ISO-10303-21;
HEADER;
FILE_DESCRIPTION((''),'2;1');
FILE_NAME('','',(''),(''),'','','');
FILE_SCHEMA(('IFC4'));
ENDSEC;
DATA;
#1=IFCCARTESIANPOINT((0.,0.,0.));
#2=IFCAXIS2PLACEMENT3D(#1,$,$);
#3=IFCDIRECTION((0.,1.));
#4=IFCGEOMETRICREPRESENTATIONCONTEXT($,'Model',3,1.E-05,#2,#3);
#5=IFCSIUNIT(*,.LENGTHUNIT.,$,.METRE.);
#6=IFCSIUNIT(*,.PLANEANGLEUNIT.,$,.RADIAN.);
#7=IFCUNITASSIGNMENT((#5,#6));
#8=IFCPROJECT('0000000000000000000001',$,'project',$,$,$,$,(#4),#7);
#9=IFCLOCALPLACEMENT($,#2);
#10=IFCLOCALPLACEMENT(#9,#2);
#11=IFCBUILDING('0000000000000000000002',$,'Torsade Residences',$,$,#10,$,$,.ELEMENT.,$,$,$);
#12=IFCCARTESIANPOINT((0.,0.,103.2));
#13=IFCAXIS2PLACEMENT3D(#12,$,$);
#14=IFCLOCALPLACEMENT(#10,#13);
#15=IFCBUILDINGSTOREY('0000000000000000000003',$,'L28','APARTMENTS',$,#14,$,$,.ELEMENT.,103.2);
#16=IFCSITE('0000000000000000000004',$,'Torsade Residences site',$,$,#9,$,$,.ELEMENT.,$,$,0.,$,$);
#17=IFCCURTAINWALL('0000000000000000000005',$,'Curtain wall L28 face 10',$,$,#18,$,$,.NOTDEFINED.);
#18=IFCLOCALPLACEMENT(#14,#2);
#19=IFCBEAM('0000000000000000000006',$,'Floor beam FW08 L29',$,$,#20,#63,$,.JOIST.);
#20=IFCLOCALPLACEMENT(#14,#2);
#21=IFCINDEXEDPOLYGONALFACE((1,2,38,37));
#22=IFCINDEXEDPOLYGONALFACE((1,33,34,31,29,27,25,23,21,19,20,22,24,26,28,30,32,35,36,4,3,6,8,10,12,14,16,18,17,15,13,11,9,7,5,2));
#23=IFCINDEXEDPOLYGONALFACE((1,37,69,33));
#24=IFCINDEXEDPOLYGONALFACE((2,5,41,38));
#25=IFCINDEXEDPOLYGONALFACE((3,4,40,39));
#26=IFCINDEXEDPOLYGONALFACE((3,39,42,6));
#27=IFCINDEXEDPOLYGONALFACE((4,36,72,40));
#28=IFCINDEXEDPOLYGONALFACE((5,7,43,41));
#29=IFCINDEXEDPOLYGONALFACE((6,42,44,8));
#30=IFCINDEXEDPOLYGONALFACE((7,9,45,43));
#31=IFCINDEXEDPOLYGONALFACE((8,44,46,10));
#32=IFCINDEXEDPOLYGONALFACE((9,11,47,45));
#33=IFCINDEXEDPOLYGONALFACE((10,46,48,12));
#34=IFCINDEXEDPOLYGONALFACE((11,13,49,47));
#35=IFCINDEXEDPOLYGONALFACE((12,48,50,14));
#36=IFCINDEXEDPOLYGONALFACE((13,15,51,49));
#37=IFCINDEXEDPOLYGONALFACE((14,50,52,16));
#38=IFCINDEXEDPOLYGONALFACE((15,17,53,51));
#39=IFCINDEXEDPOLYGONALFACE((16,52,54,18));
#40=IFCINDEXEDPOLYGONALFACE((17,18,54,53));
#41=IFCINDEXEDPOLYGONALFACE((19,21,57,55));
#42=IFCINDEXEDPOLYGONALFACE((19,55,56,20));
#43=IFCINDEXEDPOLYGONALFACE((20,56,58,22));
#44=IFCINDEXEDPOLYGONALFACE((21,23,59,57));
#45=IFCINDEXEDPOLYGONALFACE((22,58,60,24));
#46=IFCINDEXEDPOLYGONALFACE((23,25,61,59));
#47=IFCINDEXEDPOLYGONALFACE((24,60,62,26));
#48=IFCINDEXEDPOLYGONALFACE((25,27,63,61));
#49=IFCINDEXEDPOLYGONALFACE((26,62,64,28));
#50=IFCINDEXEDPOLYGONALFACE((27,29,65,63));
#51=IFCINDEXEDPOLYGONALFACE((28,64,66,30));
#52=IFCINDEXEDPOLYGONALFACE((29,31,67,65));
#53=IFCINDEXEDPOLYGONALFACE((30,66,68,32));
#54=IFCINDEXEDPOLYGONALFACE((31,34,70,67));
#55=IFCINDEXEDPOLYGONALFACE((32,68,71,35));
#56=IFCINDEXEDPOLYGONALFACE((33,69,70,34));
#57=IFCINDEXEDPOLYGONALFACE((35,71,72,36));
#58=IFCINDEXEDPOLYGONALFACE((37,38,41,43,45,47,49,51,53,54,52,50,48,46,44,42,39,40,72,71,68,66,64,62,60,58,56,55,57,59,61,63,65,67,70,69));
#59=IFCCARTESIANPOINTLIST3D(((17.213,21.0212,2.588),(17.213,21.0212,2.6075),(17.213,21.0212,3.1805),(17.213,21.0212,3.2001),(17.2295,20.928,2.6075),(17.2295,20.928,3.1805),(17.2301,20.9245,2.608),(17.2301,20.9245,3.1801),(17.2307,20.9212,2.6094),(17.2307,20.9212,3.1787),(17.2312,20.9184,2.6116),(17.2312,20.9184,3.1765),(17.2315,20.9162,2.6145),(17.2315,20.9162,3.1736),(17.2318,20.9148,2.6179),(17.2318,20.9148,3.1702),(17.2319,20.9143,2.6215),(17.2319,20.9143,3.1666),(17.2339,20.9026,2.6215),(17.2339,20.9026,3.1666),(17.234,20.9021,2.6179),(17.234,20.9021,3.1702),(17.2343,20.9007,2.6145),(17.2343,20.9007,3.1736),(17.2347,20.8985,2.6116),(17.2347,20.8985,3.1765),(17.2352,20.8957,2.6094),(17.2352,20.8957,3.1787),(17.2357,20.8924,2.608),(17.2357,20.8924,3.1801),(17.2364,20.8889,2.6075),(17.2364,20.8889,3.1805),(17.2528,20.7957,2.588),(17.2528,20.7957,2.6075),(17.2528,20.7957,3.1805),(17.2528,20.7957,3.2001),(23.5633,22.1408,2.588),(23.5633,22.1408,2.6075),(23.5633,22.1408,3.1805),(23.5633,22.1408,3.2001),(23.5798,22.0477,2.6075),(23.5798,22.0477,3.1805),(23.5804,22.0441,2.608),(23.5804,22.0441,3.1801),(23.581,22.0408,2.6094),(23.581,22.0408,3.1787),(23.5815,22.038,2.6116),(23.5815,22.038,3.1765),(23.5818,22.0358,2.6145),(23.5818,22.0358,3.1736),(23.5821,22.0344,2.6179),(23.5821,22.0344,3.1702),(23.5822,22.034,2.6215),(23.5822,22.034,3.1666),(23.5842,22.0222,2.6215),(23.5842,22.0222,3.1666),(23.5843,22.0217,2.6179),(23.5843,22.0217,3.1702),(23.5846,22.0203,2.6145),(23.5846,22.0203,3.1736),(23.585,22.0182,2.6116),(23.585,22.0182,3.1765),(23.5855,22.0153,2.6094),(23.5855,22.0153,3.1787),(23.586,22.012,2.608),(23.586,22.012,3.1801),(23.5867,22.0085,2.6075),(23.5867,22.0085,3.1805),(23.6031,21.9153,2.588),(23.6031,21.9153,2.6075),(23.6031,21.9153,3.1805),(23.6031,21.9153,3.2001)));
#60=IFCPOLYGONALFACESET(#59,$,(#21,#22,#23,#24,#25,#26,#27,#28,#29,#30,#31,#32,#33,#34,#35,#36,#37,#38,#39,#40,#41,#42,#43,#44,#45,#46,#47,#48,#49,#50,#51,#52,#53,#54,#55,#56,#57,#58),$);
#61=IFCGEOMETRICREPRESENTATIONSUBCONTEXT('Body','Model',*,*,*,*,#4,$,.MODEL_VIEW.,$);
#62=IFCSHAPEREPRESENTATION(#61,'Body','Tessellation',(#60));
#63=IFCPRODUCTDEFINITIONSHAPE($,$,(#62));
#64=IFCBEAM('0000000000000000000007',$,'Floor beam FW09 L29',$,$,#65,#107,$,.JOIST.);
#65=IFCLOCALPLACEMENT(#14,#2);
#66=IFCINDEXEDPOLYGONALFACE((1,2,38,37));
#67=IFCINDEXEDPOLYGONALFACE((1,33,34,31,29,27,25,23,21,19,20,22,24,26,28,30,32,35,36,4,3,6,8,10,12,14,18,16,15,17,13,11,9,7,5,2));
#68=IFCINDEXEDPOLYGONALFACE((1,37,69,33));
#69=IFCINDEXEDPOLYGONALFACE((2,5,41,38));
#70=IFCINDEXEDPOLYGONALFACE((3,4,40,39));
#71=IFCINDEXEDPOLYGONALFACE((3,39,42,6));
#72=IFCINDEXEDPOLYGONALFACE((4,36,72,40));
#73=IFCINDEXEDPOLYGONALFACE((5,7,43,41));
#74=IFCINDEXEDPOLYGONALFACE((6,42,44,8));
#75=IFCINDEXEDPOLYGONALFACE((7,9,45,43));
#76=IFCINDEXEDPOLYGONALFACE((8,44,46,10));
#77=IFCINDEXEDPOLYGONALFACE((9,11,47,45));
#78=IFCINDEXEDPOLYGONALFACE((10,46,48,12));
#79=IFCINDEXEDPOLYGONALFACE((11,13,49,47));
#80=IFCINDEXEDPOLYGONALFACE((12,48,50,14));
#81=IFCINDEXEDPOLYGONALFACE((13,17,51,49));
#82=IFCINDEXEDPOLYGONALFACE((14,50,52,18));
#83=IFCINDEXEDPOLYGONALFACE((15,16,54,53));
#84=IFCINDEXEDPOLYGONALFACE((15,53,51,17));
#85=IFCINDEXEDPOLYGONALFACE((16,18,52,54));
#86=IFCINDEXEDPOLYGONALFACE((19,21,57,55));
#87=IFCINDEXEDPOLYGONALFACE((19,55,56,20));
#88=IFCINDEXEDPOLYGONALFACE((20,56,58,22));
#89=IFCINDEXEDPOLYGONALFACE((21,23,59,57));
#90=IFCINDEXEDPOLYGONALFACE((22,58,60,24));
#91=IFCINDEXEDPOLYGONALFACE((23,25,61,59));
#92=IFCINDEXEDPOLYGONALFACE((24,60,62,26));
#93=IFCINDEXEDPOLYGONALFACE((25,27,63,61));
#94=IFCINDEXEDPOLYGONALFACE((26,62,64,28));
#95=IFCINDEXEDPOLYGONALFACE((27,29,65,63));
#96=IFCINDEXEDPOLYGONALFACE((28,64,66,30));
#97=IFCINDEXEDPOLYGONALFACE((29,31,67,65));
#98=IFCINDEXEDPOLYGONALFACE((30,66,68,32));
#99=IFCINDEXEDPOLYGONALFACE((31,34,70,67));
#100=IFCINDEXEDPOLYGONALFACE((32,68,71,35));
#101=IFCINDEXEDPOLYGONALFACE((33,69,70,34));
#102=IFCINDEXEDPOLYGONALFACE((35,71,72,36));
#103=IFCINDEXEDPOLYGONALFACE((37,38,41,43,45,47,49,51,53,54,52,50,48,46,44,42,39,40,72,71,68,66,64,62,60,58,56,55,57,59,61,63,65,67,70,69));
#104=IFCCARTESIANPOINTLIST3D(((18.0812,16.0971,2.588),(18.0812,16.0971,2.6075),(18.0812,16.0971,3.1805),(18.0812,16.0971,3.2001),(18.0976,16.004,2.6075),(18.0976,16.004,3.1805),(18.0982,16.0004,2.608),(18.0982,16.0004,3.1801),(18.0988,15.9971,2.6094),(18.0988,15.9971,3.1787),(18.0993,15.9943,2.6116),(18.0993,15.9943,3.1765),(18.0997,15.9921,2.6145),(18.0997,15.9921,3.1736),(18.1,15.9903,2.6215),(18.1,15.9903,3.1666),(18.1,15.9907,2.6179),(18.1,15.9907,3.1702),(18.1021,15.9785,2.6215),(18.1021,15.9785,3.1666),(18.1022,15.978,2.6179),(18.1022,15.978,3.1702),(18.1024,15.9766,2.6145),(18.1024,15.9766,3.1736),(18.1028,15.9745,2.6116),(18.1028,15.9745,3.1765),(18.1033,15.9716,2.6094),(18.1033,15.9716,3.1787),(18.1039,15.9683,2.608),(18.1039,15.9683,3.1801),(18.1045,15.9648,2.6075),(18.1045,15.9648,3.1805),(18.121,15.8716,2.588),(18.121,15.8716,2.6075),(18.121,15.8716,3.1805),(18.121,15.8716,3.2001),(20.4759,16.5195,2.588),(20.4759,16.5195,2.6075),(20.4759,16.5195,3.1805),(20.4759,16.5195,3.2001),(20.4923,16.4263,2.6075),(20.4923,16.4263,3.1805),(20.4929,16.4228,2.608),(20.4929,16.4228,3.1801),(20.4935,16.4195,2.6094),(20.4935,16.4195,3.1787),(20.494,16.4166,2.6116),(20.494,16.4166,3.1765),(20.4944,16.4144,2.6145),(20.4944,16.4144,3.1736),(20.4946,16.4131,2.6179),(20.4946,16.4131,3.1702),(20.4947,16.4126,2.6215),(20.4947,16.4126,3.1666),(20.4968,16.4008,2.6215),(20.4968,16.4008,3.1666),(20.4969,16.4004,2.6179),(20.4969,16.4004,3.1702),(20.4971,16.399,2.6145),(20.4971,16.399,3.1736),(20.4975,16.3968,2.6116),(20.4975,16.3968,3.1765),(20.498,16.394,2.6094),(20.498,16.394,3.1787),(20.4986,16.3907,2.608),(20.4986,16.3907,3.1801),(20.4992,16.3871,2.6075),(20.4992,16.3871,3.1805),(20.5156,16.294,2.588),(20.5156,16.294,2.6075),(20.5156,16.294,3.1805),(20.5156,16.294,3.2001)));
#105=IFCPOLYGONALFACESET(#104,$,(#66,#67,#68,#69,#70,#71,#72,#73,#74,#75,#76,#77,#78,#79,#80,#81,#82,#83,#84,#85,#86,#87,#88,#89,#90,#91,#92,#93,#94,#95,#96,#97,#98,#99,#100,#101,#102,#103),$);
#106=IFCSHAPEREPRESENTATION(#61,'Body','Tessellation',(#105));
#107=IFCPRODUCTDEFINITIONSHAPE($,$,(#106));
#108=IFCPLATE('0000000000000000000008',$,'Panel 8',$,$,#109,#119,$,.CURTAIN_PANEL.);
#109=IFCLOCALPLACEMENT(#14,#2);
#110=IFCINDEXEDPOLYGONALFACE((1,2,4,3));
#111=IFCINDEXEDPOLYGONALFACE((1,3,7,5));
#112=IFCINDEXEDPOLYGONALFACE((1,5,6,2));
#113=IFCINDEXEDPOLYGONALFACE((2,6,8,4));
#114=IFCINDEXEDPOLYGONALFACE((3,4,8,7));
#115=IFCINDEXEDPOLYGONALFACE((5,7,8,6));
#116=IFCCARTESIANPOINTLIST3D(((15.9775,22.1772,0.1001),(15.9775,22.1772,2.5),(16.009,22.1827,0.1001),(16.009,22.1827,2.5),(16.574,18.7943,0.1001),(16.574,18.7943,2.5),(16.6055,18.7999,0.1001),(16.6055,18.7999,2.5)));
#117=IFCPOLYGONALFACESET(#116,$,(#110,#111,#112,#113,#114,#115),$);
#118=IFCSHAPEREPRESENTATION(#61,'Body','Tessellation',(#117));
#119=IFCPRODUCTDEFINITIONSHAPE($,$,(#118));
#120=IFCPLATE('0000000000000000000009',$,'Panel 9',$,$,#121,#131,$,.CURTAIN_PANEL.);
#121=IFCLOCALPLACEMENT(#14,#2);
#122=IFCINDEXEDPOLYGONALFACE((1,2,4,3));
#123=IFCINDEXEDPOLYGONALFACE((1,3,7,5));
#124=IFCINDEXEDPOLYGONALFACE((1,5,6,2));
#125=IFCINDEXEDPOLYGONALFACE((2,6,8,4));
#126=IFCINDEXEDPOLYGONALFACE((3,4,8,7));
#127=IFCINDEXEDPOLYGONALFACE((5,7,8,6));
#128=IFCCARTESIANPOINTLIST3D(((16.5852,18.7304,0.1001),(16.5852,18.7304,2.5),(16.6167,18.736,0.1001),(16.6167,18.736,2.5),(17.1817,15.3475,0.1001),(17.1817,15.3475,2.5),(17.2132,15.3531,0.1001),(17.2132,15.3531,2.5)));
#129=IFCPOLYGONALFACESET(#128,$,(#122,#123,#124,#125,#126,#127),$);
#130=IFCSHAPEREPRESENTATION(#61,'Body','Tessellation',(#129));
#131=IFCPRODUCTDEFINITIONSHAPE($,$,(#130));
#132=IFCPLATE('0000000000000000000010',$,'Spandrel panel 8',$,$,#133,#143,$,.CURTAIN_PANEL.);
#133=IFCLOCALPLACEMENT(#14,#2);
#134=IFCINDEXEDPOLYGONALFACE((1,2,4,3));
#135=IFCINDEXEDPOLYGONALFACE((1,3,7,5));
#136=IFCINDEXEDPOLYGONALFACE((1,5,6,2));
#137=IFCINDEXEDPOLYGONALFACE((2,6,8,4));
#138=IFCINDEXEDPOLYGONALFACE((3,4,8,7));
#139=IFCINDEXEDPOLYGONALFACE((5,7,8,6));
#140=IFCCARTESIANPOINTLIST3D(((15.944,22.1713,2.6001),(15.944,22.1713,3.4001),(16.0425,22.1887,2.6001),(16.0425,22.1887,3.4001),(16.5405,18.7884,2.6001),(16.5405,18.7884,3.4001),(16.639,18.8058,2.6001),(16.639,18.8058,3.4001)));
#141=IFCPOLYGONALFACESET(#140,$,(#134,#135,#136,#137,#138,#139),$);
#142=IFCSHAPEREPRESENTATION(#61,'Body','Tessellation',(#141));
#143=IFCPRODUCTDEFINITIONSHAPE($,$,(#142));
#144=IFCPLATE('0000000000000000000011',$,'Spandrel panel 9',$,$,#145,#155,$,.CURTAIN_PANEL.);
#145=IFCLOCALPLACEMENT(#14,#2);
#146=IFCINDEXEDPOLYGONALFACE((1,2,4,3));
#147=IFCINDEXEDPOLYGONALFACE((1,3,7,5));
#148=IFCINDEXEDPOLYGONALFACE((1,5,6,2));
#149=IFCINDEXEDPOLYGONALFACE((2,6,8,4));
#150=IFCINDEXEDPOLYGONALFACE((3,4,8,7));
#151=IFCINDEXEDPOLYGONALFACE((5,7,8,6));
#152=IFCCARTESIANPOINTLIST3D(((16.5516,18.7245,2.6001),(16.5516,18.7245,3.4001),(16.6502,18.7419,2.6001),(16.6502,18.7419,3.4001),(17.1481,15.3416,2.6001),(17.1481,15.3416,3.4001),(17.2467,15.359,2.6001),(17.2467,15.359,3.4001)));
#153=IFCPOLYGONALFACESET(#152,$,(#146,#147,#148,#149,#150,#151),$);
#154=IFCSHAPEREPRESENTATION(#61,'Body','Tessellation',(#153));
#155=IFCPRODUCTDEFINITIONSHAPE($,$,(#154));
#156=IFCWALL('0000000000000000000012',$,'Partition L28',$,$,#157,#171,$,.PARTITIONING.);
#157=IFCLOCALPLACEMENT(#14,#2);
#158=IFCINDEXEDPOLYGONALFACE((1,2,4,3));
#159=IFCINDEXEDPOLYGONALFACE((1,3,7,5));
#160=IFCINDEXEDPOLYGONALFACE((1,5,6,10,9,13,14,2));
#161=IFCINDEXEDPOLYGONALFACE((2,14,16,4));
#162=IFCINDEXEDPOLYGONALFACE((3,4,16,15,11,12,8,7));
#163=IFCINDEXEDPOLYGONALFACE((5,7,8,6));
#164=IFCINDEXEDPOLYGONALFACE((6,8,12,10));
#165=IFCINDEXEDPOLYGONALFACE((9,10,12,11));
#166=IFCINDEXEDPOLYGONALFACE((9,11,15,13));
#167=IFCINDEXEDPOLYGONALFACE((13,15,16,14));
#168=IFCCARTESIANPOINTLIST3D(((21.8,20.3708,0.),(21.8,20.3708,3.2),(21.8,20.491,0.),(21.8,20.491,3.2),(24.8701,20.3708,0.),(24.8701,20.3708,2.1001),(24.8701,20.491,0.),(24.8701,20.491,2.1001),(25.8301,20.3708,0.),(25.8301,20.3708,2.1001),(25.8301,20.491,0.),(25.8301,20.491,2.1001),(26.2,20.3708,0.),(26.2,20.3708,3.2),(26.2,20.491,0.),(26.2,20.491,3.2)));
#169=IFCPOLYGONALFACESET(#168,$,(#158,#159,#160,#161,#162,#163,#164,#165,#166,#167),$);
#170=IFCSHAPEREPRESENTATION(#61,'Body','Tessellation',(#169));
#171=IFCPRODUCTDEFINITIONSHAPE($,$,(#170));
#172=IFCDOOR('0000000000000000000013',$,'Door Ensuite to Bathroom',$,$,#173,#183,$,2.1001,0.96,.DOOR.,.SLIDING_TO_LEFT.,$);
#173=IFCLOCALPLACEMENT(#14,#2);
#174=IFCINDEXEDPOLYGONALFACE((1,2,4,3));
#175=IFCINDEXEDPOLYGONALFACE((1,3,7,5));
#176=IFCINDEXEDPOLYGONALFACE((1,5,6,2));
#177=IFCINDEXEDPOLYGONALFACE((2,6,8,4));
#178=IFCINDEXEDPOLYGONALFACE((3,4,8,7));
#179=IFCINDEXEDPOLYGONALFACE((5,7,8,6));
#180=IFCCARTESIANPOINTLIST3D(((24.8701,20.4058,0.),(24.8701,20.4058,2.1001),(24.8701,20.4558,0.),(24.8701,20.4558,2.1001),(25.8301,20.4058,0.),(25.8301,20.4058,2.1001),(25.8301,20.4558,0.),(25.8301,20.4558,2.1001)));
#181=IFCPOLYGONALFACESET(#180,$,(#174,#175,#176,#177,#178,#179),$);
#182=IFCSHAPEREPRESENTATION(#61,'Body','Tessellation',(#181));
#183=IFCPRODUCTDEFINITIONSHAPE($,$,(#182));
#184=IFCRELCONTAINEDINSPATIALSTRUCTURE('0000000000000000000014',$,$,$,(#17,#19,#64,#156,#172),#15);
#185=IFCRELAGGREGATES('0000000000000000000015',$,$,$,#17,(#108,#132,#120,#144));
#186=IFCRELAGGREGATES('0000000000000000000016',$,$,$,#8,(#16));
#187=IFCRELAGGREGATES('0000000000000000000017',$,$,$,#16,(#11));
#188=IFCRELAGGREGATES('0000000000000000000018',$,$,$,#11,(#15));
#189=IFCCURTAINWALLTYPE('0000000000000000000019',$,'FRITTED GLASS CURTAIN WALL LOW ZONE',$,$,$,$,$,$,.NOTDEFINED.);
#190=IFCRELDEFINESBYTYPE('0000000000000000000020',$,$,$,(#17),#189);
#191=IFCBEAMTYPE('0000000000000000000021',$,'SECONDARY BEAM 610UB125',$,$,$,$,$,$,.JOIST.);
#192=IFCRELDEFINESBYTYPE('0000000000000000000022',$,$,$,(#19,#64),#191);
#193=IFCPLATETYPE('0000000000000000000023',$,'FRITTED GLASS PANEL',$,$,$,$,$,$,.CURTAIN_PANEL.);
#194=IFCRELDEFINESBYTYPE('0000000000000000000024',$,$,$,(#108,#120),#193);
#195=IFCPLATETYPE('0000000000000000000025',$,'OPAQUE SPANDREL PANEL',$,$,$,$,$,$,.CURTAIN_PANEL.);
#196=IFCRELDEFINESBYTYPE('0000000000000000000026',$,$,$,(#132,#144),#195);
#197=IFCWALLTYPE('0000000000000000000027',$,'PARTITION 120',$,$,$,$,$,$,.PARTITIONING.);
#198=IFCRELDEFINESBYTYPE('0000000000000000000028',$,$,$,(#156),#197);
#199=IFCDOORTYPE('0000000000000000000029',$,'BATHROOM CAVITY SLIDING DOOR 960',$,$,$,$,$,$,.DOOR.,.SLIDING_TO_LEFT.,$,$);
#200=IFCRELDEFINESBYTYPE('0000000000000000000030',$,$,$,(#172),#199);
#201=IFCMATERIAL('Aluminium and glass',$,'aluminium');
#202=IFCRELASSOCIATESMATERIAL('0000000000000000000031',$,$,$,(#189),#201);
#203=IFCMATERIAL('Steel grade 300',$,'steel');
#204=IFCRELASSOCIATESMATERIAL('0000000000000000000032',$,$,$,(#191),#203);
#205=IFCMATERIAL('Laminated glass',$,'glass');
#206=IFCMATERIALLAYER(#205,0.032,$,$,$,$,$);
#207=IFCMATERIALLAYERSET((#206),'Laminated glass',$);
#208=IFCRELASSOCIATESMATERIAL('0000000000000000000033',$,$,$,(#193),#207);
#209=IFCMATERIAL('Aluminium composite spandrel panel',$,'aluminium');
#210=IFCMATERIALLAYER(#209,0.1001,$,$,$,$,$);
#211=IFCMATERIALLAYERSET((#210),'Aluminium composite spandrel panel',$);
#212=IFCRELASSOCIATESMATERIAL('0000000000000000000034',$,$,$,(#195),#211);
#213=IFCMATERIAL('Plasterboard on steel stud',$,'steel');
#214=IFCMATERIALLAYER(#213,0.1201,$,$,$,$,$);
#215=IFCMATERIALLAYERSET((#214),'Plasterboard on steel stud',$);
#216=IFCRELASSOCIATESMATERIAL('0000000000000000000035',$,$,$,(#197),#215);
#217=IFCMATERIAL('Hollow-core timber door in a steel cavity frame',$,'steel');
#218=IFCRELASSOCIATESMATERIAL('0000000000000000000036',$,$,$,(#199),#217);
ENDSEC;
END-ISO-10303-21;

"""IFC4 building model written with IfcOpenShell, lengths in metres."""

from ifc_helpers import new_model, si_unit, direction, frame, frame_2d, origin, origin_2d, place, context, subcontext, project, spatial, rectangle, i_section, extrude, material, layer, layer_set, material_profile, profile_set, type_object, element, fill, aggregate, save


model = new_model("IFC4")

# Units and contexts
model_context = context("Model", 3, precision=1e-05, world=origin(), true_north=direction((0.0, 1.0)))
body_context = subcontext(model_context, "Body", "Model", "MODEL_VIEW")
ifc_project = project(units=[si_unit("LENGTHUNIT", "METRE"), si_unit("PLANEANGLEUNIT", "RADIAN")], contexts=[model_context])

# Site, building, storey
site_placement = place(None, origin())
site = spatial("IfcSite", under=ifc_project, at=site_placement, Name="Torsade Residences site", CompositionType="ELEMENT", RefElevation=0.0)
building_placement = place(site_placement, origin())
building = spatial("IfcBuilding", under=site, at=building_placement, Name="Torsade Residences", CompositionType="ELEMENT")
storey_placement = place(building_placement, frame((0.0, 0.0, 103.2)))
storey = spatial("IfcBuildingStorey", under=building, at=storey_placement, Name="L28", Description="APARTMENTS", CompositionType="ELEMENT", Elevation=103.2)

# Curtain wall
ifc_material_1 = material(Name="Aluminium and glass", Category="aluminium")
curtain_wall_type = type_object("IfcCurtainWallType", Name="FRITTED GLASS CURTAIN WALL LOW ZONE", PredefinedType="NOTDEFINED", material=ifc_material_1)
curtain_wall_placement = place(storey_placement, origin())
curtain_wall = element("IfcCurtainWall", 1, at=curtain_wall_placement, inside=storey, type_object=curtain_wall_type, Name="Curtain wall L28 face 10", PredefinedType="NOTDEFINED")

# Beams
ifc_material_2 = material(Name="Steel grade 300", Category="steel")
ifc_material_profile_1 = material_profile(ifc_material_2, i_section(OverallWidth=0.229, OverallDepth=0.6121, WebThickness=0.012, FlangeThickness=0.0195, FilletRadius=0.0139, at=origin_2d()), Name="610UB125")
ifc_profile_set_1 = profile_set([ifc_material_profile_1], Name="Steel grade 300")
beam_type = type_object("IfcBeamType", Name="SECONDARY BEAM 610UB125", PredefinedType="JOIST", material=ifc_profile_set_1)
beam_1_placement = place(storey_placement, frame((17.2329, 20.9084, 2.894), z_axis=(0.984811, 0.173632, 0.0), x_axis=(-0.173632, 0.984811, 0.0)))
element("IfcBeam", 2, at=beam_1_placement, inside=storey, type_object=beam_type, Name="Floor beam FW08 L29", PredefinedType="JOIST", context=body_context, shape_type="SweptSolid", body=[
    extrude(i_section(OverallWidth=0.229, OverallDepth=0.6121, WebThickness=0.012, FlangeThickness=0.0195, FilletRadius=0.0139, at=origin_2d()), origin(), (0.0, 0.0, 1.0), 6.4482),
])
beam_2_placement = place(storey_placement, frame((18.1011, 15.9844, 2.894), z_axis=(0.984801, 0.173688, 0.0), x_axis=(-0.173688, 0.984801, 0.0)))
element("IfcBeam", 3, at=beam_2_placement, inside=storey, type_object=beam_type, Name="Floor beam FW09 L29", PredefinedType="JOIST", context=body_context, shape_type="SweptSolid", body=[
    extrude(i_section(OverallWidth=0.229, OverallDepth=0.6121, WebThickness=0.012, FlangeThickness=0.0195, FilletRadius=0.0139, at=origin_2d()), origin(), (0.0, 0.0, 1.0), 2.4316),
])

# Plates
ifc_material_3 = material(Name="Laminated glass", Category="glass")
ifc_layer_1 = layer(ifc_material_3, 0.032)
ifc_layer_set_1 = layer_set([ifc_layer_1], Name="Laminated glass")
plate_type_1 = type_object("IfcPlateType", Name="FRITTED GLASS PANEL", PredefinedType="CURTAIN_PANEL", material=ifc_layer_set_1)
plate_1_placement = place(storey_placement, frame((16.2915, 20.4885, 0.1001), z_axis=(0.0, 0.0, 1.0), x_axis=(0.173648, -0.984808, 0.0)))
plate_1 = element("IfcPlate", 4, at=plate_1_placement, type_object=plate_type_1, Name="Panel 8", PredefinedType="CURTAIN_PANEL", context=body_context, shape_type="SweptSolid", body=[
    extrude(rectangle(XDim=3.4351, YDim=0.032, at=origin_2d()), origin(), (0.0, 0.0, 1.0), 2.3999),
])
plate_2_placement = place(storey_placement, frame((16.8992, 17.0417, 0.1001), z_axis=(0.0, 0.0, 1.0), x_axis=(0.173648, -0.984808, 0.0)))
plate_2 = element("IfcPlate", 5, at=plate_2_placement, type_object=plate_type_1, Name="Panel 9", PredefinedType="CURTAIN_PANEL", context=body_context, shape_type="SweptSolid", body=[
    extrude(rectangle(XDim=3.4351, YDim=0.032, at=origin_2d()), origin(), (0.0, 0.0, 1.0), 2.3999),
])
ifc_material_4 = material(Name="Aluminium composite spandrel panel", Category="aluminium")
ifc_layer_2 = layer(ifc_material_4, 0.1001)
ifc_layer_set_2 = layer_set([ifc_layer_2], Name="Aluminium composite spandrel panel")
plate_type_2 = type_object("IfcPlateType", Name="OPAQUE SPANDREL PANEL", PredefinedType="CURTAIN_PANEL", material=ifc_layer_set_2)
plate_3_placement = place(storey_placement, frame((16.2915, 20.4885, 2.6001), z_axis=(0.0, 0.0, 1.0), x_axis=(0.173648, -0.984808, 0.0)))
plate_3 = element("IfcPlate", 6, at=plate_3_placement, type_object=plate_type_2, Name="Spandrel panel 8", PredefinedType="CURTAIN_PANEL", context=body_context, shape_type="SweptSolid", body=[
    extrude(rectangle(XDim=3.4351, YDim=0.1001, at=origin_2d()), origin(), (0.0, 0.0, 1.0), 0.8),
])
plate_4_placement = place(storey_placement, frame((16.8992, 17.0417, 2.6001), z_axis=(0.0, 0.0, 1.0), x_axis=(0.173648, -0.984808, 0.0)))
plate_4 = element("IfcPlate", 7, at=plate_4_placement, type_object=plate_type_2, Name="Spandrel panel 9", PredefinedType="CURTAIN_PANEL", context=body_context, shape_type="SweptSolid", body=[
    extrude(rectangle(XDim=3.4351, YDim=0.1001, at=origin_2d()), origin(), (0.0, 0.0, 1.0), 0.8),
])
aggregate(curtain_wall, [plate_1, plate_3, plate_2, plate_4])

# Wall, opening, door
ifc_material_5 = material(Name="Plasterboard on steel stud", Category="steel")
ifc_layer_3 = layer(ifc_material_5, 0.1201)
ifc_layer_set_3 = layer_set([ifc_layer_3], Name="Plasterboard on steel stud")
wall_type_1 = type_object("IfcWallType", Name="PARTITION 120", PredefinedType="PARTITIONING", material=ifc_layer_set_3)
wall_1_placement = place(storey_placement, frame((21.8, 20.4309, 0.0), z_axis=(0.0, 0.0, 1.0), x_axis=(1.0, 0.0, 0.0)))
wall_1 = element("IfcWall", 8, at=wall_1_placement, inside=storey, type_object=wall_type_1, Name="Partition L28", PredefinedType="PARTITIONING", context=body_context, shape_type="SweptSolid", body=[
    extrude(rectangle(XDim=4.3999, YDim=0.1201, at=frame_2d((2.2, 0.0))), origin(), (0.0, 0.0, 1.0), 3.2),
])
opening_1_placement = place(wall_1_placement, frame((3.0701, 0.0, 0.0)))
opening_1 = element("IfcOpeningElement", 9, at=opening_1_placement, cuts=wall_1, PredefinedType="OPENING", context=body_context, shape_type="SweptSolid", body=[
    extrude(rectangle(XDim=0.96, YDim=2.1001, at=frame_2d((0.48, 1.05))), frame((0.0, 0.0701, 0.0), z_axis=(0.0, -1.0, 0.0), x_axis=(1.0, 0.0, 0.0)), (0.0, 0.0, 1.0), 0.1401),
])
ifc_material_6 = material(Name="Hollow-core timber door in a steel cavity frame", Category="steel")
door_type_1 = type_object("IfcDoorType", Name="BATHROOM CAVITY SLIDING DOOR 960", OperationType="SLIDING_TO_LEFT", PredefinedType="DOOR", material=ifc_material_6)
door_1_placement = place(opening_1_placement, origin())
door_1 = element("IfcDoor", 10, at=door_1_placement, inside=storey, type_object=door_type_1, Name="Door Ensuite to Bathroom", OperationType="SLIDING_TO_LEFT", OverallHeight=2.1001, OverallWidth=0.96, PredefinedType="DOOR", context=body_context, shape_type="SweptSolid", body=[
    extrude(rectangle(XDim=0.96, YDim=2.1001, at=frame_2d((0.48, 1.05))), frame((0.0, 0.0249, 0.0), z_axis=(0.0, -1.0, 0.0), x_axis=(1.0, 0.0, 0.0)), (0.0, 0.0, 1.0), 0.05),
])
fill(opening_1, door_1)

save(model, "model.ifc")
